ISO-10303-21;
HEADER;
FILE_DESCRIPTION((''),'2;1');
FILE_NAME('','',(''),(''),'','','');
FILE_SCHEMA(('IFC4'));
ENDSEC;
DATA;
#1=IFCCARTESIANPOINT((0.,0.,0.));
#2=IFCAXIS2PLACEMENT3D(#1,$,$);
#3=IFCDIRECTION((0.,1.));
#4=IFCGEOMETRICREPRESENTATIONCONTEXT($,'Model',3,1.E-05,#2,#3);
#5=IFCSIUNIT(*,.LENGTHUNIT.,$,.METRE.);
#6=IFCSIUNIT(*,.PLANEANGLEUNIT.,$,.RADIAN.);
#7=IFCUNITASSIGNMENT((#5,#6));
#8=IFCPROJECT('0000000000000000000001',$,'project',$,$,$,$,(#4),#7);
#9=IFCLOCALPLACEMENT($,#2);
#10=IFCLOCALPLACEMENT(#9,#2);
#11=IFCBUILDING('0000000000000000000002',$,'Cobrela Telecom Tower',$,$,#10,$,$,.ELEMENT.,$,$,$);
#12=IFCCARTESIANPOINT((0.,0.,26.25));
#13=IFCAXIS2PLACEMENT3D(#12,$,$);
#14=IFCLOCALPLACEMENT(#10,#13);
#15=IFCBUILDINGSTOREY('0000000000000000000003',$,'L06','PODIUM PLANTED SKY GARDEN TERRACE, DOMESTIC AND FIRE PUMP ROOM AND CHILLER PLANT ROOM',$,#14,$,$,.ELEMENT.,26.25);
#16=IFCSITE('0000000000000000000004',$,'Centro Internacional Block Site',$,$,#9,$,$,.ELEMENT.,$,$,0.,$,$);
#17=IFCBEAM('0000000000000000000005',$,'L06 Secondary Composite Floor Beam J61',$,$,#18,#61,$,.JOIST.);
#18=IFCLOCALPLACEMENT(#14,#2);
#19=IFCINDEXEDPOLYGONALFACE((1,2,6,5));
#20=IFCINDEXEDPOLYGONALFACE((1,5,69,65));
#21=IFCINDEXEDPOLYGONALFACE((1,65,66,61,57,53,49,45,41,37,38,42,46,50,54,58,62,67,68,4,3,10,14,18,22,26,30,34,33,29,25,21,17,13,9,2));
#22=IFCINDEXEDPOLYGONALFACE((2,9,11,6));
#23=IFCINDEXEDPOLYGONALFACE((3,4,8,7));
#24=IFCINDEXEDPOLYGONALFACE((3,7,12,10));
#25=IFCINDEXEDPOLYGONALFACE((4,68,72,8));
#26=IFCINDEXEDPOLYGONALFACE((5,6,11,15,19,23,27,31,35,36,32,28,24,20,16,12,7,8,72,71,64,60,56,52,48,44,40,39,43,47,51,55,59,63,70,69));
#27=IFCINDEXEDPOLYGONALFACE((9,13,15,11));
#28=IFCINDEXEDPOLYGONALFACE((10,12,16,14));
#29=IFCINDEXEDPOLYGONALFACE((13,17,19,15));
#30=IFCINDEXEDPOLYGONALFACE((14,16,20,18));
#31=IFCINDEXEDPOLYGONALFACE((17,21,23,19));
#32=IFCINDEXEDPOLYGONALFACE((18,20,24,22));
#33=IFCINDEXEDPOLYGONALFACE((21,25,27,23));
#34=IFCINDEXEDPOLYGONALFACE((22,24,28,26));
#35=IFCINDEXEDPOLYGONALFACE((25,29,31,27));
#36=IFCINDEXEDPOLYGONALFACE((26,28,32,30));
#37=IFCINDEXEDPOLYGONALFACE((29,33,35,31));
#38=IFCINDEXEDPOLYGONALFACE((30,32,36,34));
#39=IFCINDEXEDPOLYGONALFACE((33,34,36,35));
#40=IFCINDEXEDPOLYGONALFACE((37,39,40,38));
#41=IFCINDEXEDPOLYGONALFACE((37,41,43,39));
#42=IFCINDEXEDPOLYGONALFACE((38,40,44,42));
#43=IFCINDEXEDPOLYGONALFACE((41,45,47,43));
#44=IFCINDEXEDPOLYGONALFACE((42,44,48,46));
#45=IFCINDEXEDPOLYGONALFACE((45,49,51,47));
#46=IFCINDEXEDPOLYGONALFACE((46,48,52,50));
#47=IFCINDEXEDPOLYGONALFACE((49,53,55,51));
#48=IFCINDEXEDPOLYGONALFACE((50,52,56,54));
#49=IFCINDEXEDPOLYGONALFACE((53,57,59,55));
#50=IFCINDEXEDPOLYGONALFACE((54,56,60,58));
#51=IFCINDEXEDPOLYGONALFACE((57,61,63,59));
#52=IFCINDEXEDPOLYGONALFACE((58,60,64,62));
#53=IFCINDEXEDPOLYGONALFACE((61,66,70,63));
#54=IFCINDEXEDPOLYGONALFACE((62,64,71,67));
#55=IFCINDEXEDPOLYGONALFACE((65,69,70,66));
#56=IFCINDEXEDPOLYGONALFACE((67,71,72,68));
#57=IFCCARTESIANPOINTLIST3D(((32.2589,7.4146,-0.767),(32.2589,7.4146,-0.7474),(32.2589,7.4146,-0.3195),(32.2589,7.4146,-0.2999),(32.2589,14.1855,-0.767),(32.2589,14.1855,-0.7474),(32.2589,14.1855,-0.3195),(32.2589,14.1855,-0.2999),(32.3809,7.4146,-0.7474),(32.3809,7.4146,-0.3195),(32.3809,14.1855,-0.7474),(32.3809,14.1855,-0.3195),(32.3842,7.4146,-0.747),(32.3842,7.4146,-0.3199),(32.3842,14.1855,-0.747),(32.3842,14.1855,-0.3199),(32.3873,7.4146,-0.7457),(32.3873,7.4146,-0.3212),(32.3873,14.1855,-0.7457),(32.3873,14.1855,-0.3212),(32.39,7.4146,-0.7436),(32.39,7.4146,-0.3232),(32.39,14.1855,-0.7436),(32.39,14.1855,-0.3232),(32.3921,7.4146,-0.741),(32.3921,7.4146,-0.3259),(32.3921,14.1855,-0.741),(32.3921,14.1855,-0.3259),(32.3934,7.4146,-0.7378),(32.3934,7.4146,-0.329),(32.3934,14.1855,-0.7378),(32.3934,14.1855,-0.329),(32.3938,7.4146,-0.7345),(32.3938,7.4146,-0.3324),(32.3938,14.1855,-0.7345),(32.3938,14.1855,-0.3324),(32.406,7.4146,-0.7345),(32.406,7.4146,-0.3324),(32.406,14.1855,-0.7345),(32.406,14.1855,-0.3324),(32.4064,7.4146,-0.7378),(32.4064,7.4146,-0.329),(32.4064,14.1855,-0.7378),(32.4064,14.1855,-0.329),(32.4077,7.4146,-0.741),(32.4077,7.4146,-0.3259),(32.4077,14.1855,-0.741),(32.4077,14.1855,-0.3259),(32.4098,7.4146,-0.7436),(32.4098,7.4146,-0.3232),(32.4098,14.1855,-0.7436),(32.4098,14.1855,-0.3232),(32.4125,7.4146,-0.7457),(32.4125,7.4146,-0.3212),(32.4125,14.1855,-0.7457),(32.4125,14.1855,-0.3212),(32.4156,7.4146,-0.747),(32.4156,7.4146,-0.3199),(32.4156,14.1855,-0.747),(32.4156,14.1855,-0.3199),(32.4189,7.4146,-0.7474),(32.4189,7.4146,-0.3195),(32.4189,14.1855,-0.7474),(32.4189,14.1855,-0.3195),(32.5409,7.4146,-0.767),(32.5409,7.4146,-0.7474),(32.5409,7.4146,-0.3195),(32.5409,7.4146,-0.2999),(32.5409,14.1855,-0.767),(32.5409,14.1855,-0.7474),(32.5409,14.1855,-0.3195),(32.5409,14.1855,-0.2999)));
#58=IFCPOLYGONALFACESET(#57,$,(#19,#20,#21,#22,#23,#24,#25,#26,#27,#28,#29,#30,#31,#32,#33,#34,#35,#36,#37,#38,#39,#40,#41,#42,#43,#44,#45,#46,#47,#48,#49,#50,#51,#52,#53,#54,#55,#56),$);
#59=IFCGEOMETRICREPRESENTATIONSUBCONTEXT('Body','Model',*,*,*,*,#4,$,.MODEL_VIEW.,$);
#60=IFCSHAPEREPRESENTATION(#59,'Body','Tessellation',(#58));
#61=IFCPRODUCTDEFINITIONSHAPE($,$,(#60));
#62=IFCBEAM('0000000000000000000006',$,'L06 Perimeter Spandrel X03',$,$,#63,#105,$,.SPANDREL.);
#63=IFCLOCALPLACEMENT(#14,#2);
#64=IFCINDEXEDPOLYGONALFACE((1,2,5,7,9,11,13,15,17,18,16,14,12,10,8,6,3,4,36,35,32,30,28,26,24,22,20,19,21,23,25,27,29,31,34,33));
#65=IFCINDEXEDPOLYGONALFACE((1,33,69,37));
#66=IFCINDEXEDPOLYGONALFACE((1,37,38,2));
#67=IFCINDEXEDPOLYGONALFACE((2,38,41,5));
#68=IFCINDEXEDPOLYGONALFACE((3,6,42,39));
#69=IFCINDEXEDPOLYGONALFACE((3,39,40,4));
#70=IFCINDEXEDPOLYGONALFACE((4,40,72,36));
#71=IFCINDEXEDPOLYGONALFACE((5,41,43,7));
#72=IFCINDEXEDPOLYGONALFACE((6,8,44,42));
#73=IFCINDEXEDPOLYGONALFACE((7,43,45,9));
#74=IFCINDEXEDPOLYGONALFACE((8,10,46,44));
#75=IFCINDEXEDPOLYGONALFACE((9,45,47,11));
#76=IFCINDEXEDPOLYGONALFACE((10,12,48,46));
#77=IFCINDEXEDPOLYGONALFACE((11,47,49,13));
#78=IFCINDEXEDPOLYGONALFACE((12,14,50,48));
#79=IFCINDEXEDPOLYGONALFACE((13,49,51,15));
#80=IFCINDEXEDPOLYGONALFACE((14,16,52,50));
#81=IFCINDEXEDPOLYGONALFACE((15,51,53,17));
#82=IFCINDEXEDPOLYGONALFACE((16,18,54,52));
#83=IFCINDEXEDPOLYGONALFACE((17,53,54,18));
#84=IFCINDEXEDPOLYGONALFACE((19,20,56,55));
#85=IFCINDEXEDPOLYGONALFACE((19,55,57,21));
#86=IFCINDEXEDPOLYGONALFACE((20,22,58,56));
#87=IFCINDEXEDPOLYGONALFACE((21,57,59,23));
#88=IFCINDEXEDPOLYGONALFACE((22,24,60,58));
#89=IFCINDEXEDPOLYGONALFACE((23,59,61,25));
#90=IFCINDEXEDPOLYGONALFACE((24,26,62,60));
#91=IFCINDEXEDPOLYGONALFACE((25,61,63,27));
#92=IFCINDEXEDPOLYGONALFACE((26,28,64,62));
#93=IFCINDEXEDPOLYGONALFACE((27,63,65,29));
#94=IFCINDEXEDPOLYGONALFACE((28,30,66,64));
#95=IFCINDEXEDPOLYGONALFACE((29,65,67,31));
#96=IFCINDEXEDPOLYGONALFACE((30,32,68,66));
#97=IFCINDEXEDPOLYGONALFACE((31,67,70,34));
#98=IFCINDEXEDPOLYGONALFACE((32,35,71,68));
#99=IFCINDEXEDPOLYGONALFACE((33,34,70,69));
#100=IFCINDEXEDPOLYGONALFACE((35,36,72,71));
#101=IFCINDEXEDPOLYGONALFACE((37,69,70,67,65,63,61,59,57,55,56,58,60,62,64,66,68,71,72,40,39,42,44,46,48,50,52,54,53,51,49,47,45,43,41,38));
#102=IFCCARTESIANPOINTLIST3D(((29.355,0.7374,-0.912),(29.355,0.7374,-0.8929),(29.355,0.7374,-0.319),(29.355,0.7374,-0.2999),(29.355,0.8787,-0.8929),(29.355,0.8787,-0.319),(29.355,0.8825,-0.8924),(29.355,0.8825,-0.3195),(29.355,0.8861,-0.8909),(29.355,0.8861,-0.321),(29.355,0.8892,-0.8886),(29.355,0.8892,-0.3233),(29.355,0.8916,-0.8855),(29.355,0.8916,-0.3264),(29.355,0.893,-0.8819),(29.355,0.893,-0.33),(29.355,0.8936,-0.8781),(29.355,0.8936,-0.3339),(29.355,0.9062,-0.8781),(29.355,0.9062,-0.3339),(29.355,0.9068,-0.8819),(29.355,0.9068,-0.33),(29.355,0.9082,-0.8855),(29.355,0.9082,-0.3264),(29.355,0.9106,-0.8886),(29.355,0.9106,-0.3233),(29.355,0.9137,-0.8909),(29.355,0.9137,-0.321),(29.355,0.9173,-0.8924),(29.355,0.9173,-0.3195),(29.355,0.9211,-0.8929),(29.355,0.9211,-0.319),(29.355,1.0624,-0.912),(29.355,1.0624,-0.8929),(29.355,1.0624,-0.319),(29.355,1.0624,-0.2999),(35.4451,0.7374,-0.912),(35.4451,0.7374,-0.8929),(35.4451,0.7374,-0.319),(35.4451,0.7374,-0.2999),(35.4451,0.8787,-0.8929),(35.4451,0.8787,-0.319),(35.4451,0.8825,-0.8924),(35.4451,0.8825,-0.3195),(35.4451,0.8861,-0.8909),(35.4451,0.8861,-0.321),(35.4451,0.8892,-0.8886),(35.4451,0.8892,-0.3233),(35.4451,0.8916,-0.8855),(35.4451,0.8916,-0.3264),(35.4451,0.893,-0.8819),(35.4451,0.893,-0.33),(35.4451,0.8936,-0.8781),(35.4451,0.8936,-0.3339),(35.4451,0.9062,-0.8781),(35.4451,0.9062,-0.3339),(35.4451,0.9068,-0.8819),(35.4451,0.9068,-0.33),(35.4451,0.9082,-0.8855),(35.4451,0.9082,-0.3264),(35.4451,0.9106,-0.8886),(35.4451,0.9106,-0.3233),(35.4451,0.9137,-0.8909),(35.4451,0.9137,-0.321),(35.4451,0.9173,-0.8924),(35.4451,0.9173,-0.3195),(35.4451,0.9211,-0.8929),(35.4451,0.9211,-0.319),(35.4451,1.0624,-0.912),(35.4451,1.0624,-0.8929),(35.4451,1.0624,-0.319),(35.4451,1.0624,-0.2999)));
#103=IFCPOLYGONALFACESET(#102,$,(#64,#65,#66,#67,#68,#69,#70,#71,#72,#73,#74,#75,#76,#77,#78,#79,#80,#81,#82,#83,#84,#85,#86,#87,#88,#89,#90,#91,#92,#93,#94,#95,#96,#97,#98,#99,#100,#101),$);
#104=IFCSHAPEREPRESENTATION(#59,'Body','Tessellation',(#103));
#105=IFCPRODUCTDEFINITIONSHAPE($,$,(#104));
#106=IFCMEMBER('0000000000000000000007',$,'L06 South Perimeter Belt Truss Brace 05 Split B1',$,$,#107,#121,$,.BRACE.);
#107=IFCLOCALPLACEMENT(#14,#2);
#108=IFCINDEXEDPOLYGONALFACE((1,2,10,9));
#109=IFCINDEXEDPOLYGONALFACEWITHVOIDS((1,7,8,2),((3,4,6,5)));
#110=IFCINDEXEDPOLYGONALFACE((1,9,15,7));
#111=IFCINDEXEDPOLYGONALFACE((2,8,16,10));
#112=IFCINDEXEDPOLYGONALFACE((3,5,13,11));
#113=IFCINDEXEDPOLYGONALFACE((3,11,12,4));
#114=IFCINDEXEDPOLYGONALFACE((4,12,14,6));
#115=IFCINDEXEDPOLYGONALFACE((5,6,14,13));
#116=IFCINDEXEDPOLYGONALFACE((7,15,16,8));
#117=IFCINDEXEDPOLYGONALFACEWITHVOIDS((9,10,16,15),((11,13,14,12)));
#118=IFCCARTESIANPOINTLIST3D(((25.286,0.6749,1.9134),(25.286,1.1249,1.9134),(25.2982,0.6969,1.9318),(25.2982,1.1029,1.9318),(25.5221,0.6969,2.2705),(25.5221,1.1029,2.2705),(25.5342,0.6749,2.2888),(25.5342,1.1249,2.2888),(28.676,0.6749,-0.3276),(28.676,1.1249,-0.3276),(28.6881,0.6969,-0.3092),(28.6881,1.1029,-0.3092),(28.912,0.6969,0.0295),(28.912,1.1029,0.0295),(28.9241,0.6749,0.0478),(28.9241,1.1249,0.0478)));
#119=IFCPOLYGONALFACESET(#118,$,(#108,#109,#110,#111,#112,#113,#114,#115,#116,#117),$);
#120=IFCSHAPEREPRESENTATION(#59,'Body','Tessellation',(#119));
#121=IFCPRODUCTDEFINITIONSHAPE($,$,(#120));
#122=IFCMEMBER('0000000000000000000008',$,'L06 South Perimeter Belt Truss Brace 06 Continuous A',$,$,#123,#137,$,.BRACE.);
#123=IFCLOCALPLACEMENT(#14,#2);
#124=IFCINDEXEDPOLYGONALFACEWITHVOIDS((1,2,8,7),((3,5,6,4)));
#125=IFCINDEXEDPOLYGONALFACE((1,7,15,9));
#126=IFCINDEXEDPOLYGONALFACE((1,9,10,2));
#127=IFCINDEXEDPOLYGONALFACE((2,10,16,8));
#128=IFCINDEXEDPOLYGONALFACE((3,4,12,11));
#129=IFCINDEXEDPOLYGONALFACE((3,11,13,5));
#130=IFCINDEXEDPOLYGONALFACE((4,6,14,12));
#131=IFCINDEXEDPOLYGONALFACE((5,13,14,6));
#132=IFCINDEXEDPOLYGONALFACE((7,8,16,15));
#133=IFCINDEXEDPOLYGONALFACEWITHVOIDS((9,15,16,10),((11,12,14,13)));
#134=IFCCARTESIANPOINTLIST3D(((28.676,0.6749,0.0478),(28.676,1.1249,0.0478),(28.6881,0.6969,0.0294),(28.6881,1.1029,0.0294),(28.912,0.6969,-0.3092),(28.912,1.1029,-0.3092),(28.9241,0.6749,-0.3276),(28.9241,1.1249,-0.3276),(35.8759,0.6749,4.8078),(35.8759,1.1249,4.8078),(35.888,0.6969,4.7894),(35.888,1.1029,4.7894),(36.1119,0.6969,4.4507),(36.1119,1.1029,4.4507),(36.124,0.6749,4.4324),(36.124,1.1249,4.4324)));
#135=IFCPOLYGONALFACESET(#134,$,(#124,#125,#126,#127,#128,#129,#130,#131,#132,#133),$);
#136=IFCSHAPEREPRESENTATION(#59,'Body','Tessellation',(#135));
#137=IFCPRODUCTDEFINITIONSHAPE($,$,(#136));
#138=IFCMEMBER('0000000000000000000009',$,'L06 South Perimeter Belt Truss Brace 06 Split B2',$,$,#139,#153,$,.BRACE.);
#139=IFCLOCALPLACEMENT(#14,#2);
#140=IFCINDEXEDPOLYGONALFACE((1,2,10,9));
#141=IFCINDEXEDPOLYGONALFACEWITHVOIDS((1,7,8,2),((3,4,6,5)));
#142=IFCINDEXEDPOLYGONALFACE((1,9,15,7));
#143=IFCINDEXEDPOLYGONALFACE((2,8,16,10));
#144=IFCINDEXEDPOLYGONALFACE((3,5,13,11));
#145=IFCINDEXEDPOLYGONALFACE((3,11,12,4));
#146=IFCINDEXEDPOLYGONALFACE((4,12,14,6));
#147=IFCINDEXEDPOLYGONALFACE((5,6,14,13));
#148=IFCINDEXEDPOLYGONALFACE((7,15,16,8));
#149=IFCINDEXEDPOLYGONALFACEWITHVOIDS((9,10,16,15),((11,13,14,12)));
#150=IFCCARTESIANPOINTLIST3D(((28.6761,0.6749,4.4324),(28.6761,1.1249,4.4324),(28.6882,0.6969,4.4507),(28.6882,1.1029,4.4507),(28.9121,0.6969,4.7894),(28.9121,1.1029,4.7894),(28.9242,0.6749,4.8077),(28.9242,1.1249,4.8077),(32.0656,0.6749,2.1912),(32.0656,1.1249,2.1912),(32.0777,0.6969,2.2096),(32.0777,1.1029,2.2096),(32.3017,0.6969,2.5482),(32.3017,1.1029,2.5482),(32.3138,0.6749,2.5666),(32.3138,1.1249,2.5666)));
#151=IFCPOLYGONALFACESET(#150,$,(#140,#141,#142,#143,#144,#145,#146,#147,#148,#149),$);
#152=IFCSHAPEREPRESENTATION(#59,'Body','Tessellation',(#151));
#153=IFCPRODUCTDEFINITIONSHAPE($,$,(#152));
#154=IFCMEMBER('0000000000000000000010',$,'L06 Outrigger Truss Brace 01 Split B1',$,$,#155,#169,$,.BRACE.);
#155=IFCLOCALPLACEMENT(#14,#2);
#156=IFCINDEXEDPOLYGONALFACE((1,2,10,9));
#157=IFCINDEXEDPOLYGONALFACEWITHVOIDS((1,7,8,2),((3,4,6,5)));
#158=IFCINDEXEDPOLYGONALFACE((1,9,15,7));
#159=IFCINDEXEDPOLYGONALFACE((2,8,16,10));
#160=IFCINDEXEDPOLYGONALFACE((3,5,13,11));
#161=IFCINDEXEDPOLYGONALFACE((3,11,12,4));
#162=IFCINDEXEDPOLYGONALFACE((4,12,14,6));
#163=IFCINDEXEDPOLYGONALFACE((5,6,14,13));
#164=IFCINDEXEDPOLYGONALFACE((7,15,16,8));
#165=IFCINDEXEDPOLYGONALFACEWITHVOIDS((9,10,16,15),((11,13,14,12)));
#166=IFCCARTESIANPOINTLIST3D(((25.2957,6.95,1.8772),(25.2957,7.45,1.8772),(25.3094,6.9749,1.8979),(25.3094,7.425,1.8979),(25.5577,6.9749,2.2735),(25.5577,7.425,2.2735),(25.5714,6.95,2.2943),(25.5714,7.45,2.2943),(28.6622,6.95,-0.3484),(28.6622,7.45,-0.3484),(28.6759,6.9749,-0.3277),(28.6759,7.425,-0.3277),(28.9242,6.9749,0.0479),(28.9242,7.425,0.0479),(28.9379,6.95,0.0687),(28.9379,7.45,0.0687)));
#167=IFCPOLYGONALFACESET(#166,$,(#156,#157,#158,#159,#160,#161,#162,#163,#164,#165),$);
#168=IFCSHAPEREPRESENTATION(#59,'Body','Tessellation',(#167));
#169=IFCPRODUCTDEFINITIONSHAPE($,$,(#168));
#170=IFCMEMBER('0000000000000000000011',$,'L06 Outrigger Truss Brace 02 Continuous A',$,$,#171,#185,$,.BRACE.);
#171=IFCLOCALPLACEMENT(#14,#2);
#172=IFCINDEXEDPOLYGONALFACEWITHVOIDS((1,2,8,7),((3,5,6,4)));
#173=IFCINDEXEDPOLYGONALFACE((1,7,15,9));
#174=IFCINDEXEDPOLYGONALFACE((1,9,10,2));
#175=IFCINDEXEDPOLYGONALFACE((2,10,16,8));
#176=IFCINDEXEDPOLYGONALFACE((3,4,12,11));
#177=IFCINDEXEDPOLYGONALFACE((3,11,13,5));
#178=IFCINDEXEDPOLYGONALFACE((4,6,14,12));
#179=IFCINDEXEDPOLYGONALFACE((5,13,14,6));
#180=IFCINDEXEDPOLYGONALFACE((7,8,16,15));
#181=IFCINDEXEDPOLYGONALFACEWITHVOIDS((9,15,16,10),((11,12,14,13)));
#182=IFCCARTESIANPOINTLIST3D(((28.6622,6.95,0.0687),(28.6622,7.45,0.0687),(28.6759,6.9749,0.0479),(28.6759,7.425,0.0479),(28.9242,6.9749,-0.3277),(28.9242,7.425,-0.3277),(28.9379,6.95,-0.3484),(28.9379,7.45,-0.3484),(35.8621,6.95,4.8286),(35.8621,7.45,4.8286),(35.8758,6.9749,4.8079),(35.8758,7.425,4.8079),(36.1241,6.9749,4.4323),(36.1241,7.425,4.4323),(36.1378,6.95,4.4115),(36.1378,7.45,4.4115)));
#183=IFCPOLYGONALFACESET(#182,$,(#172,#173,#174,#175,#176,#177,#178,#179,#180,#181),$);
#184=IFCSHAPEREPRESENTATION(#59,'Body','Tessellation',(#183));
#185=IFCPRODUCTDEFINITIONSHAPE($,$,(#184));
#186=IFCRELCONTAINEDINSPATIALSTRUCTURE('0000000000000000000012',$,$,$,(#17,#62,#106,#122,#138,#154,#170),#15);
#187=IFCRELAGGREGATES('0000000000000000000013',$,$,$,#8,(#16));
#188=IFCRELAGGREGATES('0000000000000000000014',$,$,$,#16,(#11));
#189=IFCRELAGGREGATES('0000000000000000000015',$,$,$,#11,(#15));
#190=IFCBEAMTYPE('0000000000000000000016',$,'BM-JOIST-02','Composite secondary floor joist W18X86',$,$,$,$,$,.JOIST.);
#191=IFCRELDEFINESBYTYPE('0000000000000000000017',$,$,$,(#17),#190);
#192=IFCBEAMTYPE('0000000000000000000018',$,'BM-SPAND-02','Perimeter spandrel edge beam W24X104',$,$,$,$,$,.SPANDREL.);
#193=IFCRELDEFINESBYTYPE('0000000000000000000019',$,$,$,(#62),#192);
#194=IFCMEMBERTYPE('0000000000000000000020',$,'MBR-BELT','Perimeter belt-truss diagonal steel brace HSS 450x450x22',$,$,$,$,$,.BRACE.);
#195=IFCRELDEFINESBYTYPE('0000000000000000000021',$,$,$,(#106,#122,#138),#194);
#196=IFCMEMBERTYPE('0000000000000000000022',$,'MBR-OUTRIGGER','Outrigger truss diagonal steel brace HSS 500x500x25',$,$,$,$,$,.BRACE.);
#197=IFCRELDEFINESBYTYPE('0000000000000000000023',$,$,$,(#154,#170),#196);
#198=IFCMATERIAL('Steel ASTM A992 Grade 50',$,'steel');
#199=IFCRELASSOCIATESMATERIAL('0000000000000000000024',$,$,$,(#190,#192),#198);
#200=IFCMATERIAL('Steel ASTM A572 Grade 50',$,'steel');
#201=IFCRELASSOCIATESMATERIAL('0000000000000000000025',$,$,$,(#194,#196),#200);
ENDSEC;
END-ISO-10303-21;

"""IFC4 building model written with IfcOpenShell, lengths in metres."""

from ifc_helpers import new_model, si_unit, direction, frame, origin, origin_2d, place, context, subcontext, project, spatial, hollow_rectangle, i_section, extrude, material, material_profile, profile_set, type_object, element, save


model = new_model("IFC4")

# Units and contexts
model_context = context("Model", 3, precision=1e-05, world=origin(), true_north=direction((0.0, 1.0)))
body_context = subcontext(model_context, "Body", "Model", "MODEL_VIEW")
ifc_project = project(units=[si_unit("LENGTHUNIT", "METRE"), si_unit("PLANEANGLEUNIT", "RADIAN")], contexts=[model_context])

# Site, building, storey
site_placement = place(None, origin())
site = spatial("IfcSite", under=ifc_project, at=site_placement, Name="Centro Internacional Block Site", CompositionType="ELEMENT", RefElevation=0.0)
building_placement = place(site_placement, origin())
building = spatial("IfcBuilding", under=site, at=building_placement, Name="Cobrela Telecom Tower", CompositionType="ELEMENT")
storey_placement = place(building_placement, frame((0.0, 0.0, 26.25)))
storey = spatial("IfcBuildingStorey", under=building, at=storey_placement, Name="L06", Description="PODIUM PLANTED SKY GARDEN TERRACE, DOMESTIC AND FIRE PUMP ROOM AND CHILLER PLANT ROOM", CompositionType="ELEMENT", Elevation=26.25)

# Shared definitions
ifc_material_1 = material(Name="Steel ASTM A572 Grade 50", Category="steel")

# Beams
ifc_material_2 = material(Name="Steel ASTM A992 Grade 50", Category="steel")
ifc_material_profile_1 = material_profile(ifc_material_2, i_section(OverallWidth=0.282, OverallDepth=0.467, WebThickness=0.0122, FlangeThickness=0.0195, FilletRadius=0.0129, at=origin_2d()), Name="W18X86")
ifc_profile_set_1 = profile_set([ifc_material_profile_1], Name="Steel ASTM A992 Grade 50")
beam_type_1 = type_object("IfcBeamType", Name="BM-JOIST-02", Description="Composite secondary floor joist W18X86", PredefinedType="JOIST", material=ifc_profile_set_1)
beam_1_placement = place(storey_placement, frame((32.3999, 7.4146, -0.5334), z_axis=(0.0, 1.0, 0.0), x_axis=(-1.0, 0.0, 0.0)))
element("IfcBeam", 1, at=beam_1_placement, inside=storey, type_object=beam_type_1, Name="L06 Secondary Composite Floor Beam J61", PredefinedType="JOIST", context=body_context, shape_type="SweptSolid", body=[
    extrude(i_section(OverallWidth=0.282, OverallDepth=0.467, WebThickness=0.0122, FlangeThickness=0.0195, FilletRadius=0.0129, at=origin_2d()), origin(), (0.0, 0.0, 1.0), 6.771),
])
ifc_material_profile_2 = material_profile(ifc_material_2, i_section(OverallWidth=0.325, OverallDepth=0.6121, WebThickness=0.0127, FlangeThickness=0.019, FilletRadius=0.0149, at=origin_2d()), Name="W24X104")
ifc_profile_set_2 = profile_set([ifc_material_profile_2], Name="Steel ASTM A992 Grade 50")
beam_type_2 = type_object("IfcBeamType", Name="BM-SPAND-02", Description="Perimeter spandrel edge beam W24X104", PredefinedType="SPANDREL", material=ifc_profile_set_2)
beam_2_placement = place(storey_placement, frame((29.355, 0.8999, -0.606), z_axis=(1.0, 0.0, 0.0), x_axis=(0.0, 1.0, 0.0)))
element("IfcBeam", 2, at=beam_2_placement, inside=storey, type_object=beam_type_2, Name="L06 Perimeter Spandrel X03", PredefinedType="SPANDREL", context=body_context, shape_type="SweptSolid", body=[
    extrude(i_section(OverallWidth=0.325, OverallDepth=0.6121, WebThickness=0.0127, FlangeThickness=0.019, FilletRadius=0.0149, at=origin_2d()), origin(), (0.0, 0.0, 1.0), 6.0901),
])

# Members
ifc_material_profile_3 = material_profile(ifc_material_1, hollow_rectangle(XDim=0.45, YDim=0.45, WallThickness=0.022, at=origin_2d()), Name="HSS 450x450x22")
ifc_profile_set_3 = profile_set([ifc_material_profile_3], Name="Steel ASTM A572 Grade 50")
member_type_1 = type_object("IfcMemberType", Name="MBR-BELT", Description="Perimeter belt-truss diagonal steel brace HSS 450x450x22", PredefinedType="BRACE", material=ifc_profile_set_3)
member_1_placement = place(storey_placement, frame((28.8, 0.8999, -0.1399), z_axis=(-0.834198, 0.0, 0.551466), x_axis=(0.0, -1.0, 0.0)))
element("IfcMember", 3, at=member_1_placement, inside=storey, type_object=member_type_1, Name="L06 South Perimeter Belt Truss Brace 05 Split B1", PredefinedType="BRACE", context=body_context, shape_type="SweptSolid", body=[
    extrude(hollow_rectangle(XDim=0.45, YDim=0.45, WallThickness=0.022, at=origin_2d()), origin(), (0.0, 0.0, 1.0), 4.0637),
])
member_2_placement = place(storey_placement, frame((28.8, 0.8999, -0.1399), z_axis=(0.834181, 0.0, 0.551491), x_axis=(0.0, 1.0, 0.0)))
element("IfcMember", 4, at=member_2_placement, inside=storey, type_object=member_type_1, Name="L06 South Perimeter Belt Truss Brace 06 Continuous A", PredefinedType="BRACE", context=body_context, shape_type="SweptSolid", body=[
    extrude(hollow_rectangle(XDim=0.45, YDim=0.45, WallThickness=0.022, at=origin_2d()), origin(), (0.0, 0.0, 1.0), 8.6311),
])
member_3_placement = place(storey_placement, frame((32.1897, 0.8999, 2.3789), z_axis=(-0.834152, 0.0, 0.551535), x_axis=(0.0, -1.0, 0.0)))
element("IfcMember", 5, at=member_3_placement, inside=storey, type_object=member_type_1, Name="L06 South Perimeter Belt Truss Brace 06 Split B2", PredefinedType="BRACE", context=body_context, shape_type="SweptSolid", body=[
    extrude(hollow_rectangle(XDim=0.45, YDim=0.45, WallThickness=0.022, at=origin_2d()), origin(), (0.0, 0.0, 1.0), 4.0635),
])
ifc_material_profile_4 = material_profile(ifc_material_1, hollow_rectangle(XDim=0.5, YDim=0.5, WallThickness=0.0249, at=origin_2d()), Name="HSS 500x500x25")
ifc_profile_set_4 = profile_set([ifc_material_profile_4], Name="Steel ASTM A572 Grade 50")
member_type_2 = type_object("IfcMemberType", Name="MBR-OUTRIGGER", Description="Outrigger truss diagonal steel brace HSS 500x500x25", PredefinedType="BRACE", material=ifc_profile_set_4)
member_4_placement = place(storey_placement, frame((28.8, 7.2, -0.1399), z_axis=(-0.834185, 0.0, 0.551485), x_axis=(0.0, -1.0, 0.0)))
element("IfcMember", 6, at=member_4_placement, inside=storey, type_object=member_type_2, Name="L06 Outrigger Truss Brace 01 Split B1", PredefinedType="BRACE", context=body_context, shape_type="SweptSolid", body=[
    extrude(hollow_rectangle(XDim=0.5, YDim=0.5, WallThickness=0.0249, at=origin_2d()), origin(), (0.0, 0.0, 1.0), 4.0356),
])
member_5_placement = place(storey_placement, frame((28.8, 7.2, -0.1399), z_axis=(0.834181, 0.0, 0.551491), x_axis=(0.0, 1.0, 0.0)))
element("IfcMember", 7, at=member_5_placement, inside=storey, type_object=member_type_2, Name="L06 Outrigger Truss Brace 02 Continuous A", PredefinedType="BRACE", context=body_context, shape_type="SweptSolid", body=[
    extrude(hollow_rectangle(XDim=0.5, YDim=0.5, WallThickness=0.0249, at=origin_2d()), origin(), (0.0, 0.0, 1.0), 8.6311),
])

save(model, "model.ifc")
